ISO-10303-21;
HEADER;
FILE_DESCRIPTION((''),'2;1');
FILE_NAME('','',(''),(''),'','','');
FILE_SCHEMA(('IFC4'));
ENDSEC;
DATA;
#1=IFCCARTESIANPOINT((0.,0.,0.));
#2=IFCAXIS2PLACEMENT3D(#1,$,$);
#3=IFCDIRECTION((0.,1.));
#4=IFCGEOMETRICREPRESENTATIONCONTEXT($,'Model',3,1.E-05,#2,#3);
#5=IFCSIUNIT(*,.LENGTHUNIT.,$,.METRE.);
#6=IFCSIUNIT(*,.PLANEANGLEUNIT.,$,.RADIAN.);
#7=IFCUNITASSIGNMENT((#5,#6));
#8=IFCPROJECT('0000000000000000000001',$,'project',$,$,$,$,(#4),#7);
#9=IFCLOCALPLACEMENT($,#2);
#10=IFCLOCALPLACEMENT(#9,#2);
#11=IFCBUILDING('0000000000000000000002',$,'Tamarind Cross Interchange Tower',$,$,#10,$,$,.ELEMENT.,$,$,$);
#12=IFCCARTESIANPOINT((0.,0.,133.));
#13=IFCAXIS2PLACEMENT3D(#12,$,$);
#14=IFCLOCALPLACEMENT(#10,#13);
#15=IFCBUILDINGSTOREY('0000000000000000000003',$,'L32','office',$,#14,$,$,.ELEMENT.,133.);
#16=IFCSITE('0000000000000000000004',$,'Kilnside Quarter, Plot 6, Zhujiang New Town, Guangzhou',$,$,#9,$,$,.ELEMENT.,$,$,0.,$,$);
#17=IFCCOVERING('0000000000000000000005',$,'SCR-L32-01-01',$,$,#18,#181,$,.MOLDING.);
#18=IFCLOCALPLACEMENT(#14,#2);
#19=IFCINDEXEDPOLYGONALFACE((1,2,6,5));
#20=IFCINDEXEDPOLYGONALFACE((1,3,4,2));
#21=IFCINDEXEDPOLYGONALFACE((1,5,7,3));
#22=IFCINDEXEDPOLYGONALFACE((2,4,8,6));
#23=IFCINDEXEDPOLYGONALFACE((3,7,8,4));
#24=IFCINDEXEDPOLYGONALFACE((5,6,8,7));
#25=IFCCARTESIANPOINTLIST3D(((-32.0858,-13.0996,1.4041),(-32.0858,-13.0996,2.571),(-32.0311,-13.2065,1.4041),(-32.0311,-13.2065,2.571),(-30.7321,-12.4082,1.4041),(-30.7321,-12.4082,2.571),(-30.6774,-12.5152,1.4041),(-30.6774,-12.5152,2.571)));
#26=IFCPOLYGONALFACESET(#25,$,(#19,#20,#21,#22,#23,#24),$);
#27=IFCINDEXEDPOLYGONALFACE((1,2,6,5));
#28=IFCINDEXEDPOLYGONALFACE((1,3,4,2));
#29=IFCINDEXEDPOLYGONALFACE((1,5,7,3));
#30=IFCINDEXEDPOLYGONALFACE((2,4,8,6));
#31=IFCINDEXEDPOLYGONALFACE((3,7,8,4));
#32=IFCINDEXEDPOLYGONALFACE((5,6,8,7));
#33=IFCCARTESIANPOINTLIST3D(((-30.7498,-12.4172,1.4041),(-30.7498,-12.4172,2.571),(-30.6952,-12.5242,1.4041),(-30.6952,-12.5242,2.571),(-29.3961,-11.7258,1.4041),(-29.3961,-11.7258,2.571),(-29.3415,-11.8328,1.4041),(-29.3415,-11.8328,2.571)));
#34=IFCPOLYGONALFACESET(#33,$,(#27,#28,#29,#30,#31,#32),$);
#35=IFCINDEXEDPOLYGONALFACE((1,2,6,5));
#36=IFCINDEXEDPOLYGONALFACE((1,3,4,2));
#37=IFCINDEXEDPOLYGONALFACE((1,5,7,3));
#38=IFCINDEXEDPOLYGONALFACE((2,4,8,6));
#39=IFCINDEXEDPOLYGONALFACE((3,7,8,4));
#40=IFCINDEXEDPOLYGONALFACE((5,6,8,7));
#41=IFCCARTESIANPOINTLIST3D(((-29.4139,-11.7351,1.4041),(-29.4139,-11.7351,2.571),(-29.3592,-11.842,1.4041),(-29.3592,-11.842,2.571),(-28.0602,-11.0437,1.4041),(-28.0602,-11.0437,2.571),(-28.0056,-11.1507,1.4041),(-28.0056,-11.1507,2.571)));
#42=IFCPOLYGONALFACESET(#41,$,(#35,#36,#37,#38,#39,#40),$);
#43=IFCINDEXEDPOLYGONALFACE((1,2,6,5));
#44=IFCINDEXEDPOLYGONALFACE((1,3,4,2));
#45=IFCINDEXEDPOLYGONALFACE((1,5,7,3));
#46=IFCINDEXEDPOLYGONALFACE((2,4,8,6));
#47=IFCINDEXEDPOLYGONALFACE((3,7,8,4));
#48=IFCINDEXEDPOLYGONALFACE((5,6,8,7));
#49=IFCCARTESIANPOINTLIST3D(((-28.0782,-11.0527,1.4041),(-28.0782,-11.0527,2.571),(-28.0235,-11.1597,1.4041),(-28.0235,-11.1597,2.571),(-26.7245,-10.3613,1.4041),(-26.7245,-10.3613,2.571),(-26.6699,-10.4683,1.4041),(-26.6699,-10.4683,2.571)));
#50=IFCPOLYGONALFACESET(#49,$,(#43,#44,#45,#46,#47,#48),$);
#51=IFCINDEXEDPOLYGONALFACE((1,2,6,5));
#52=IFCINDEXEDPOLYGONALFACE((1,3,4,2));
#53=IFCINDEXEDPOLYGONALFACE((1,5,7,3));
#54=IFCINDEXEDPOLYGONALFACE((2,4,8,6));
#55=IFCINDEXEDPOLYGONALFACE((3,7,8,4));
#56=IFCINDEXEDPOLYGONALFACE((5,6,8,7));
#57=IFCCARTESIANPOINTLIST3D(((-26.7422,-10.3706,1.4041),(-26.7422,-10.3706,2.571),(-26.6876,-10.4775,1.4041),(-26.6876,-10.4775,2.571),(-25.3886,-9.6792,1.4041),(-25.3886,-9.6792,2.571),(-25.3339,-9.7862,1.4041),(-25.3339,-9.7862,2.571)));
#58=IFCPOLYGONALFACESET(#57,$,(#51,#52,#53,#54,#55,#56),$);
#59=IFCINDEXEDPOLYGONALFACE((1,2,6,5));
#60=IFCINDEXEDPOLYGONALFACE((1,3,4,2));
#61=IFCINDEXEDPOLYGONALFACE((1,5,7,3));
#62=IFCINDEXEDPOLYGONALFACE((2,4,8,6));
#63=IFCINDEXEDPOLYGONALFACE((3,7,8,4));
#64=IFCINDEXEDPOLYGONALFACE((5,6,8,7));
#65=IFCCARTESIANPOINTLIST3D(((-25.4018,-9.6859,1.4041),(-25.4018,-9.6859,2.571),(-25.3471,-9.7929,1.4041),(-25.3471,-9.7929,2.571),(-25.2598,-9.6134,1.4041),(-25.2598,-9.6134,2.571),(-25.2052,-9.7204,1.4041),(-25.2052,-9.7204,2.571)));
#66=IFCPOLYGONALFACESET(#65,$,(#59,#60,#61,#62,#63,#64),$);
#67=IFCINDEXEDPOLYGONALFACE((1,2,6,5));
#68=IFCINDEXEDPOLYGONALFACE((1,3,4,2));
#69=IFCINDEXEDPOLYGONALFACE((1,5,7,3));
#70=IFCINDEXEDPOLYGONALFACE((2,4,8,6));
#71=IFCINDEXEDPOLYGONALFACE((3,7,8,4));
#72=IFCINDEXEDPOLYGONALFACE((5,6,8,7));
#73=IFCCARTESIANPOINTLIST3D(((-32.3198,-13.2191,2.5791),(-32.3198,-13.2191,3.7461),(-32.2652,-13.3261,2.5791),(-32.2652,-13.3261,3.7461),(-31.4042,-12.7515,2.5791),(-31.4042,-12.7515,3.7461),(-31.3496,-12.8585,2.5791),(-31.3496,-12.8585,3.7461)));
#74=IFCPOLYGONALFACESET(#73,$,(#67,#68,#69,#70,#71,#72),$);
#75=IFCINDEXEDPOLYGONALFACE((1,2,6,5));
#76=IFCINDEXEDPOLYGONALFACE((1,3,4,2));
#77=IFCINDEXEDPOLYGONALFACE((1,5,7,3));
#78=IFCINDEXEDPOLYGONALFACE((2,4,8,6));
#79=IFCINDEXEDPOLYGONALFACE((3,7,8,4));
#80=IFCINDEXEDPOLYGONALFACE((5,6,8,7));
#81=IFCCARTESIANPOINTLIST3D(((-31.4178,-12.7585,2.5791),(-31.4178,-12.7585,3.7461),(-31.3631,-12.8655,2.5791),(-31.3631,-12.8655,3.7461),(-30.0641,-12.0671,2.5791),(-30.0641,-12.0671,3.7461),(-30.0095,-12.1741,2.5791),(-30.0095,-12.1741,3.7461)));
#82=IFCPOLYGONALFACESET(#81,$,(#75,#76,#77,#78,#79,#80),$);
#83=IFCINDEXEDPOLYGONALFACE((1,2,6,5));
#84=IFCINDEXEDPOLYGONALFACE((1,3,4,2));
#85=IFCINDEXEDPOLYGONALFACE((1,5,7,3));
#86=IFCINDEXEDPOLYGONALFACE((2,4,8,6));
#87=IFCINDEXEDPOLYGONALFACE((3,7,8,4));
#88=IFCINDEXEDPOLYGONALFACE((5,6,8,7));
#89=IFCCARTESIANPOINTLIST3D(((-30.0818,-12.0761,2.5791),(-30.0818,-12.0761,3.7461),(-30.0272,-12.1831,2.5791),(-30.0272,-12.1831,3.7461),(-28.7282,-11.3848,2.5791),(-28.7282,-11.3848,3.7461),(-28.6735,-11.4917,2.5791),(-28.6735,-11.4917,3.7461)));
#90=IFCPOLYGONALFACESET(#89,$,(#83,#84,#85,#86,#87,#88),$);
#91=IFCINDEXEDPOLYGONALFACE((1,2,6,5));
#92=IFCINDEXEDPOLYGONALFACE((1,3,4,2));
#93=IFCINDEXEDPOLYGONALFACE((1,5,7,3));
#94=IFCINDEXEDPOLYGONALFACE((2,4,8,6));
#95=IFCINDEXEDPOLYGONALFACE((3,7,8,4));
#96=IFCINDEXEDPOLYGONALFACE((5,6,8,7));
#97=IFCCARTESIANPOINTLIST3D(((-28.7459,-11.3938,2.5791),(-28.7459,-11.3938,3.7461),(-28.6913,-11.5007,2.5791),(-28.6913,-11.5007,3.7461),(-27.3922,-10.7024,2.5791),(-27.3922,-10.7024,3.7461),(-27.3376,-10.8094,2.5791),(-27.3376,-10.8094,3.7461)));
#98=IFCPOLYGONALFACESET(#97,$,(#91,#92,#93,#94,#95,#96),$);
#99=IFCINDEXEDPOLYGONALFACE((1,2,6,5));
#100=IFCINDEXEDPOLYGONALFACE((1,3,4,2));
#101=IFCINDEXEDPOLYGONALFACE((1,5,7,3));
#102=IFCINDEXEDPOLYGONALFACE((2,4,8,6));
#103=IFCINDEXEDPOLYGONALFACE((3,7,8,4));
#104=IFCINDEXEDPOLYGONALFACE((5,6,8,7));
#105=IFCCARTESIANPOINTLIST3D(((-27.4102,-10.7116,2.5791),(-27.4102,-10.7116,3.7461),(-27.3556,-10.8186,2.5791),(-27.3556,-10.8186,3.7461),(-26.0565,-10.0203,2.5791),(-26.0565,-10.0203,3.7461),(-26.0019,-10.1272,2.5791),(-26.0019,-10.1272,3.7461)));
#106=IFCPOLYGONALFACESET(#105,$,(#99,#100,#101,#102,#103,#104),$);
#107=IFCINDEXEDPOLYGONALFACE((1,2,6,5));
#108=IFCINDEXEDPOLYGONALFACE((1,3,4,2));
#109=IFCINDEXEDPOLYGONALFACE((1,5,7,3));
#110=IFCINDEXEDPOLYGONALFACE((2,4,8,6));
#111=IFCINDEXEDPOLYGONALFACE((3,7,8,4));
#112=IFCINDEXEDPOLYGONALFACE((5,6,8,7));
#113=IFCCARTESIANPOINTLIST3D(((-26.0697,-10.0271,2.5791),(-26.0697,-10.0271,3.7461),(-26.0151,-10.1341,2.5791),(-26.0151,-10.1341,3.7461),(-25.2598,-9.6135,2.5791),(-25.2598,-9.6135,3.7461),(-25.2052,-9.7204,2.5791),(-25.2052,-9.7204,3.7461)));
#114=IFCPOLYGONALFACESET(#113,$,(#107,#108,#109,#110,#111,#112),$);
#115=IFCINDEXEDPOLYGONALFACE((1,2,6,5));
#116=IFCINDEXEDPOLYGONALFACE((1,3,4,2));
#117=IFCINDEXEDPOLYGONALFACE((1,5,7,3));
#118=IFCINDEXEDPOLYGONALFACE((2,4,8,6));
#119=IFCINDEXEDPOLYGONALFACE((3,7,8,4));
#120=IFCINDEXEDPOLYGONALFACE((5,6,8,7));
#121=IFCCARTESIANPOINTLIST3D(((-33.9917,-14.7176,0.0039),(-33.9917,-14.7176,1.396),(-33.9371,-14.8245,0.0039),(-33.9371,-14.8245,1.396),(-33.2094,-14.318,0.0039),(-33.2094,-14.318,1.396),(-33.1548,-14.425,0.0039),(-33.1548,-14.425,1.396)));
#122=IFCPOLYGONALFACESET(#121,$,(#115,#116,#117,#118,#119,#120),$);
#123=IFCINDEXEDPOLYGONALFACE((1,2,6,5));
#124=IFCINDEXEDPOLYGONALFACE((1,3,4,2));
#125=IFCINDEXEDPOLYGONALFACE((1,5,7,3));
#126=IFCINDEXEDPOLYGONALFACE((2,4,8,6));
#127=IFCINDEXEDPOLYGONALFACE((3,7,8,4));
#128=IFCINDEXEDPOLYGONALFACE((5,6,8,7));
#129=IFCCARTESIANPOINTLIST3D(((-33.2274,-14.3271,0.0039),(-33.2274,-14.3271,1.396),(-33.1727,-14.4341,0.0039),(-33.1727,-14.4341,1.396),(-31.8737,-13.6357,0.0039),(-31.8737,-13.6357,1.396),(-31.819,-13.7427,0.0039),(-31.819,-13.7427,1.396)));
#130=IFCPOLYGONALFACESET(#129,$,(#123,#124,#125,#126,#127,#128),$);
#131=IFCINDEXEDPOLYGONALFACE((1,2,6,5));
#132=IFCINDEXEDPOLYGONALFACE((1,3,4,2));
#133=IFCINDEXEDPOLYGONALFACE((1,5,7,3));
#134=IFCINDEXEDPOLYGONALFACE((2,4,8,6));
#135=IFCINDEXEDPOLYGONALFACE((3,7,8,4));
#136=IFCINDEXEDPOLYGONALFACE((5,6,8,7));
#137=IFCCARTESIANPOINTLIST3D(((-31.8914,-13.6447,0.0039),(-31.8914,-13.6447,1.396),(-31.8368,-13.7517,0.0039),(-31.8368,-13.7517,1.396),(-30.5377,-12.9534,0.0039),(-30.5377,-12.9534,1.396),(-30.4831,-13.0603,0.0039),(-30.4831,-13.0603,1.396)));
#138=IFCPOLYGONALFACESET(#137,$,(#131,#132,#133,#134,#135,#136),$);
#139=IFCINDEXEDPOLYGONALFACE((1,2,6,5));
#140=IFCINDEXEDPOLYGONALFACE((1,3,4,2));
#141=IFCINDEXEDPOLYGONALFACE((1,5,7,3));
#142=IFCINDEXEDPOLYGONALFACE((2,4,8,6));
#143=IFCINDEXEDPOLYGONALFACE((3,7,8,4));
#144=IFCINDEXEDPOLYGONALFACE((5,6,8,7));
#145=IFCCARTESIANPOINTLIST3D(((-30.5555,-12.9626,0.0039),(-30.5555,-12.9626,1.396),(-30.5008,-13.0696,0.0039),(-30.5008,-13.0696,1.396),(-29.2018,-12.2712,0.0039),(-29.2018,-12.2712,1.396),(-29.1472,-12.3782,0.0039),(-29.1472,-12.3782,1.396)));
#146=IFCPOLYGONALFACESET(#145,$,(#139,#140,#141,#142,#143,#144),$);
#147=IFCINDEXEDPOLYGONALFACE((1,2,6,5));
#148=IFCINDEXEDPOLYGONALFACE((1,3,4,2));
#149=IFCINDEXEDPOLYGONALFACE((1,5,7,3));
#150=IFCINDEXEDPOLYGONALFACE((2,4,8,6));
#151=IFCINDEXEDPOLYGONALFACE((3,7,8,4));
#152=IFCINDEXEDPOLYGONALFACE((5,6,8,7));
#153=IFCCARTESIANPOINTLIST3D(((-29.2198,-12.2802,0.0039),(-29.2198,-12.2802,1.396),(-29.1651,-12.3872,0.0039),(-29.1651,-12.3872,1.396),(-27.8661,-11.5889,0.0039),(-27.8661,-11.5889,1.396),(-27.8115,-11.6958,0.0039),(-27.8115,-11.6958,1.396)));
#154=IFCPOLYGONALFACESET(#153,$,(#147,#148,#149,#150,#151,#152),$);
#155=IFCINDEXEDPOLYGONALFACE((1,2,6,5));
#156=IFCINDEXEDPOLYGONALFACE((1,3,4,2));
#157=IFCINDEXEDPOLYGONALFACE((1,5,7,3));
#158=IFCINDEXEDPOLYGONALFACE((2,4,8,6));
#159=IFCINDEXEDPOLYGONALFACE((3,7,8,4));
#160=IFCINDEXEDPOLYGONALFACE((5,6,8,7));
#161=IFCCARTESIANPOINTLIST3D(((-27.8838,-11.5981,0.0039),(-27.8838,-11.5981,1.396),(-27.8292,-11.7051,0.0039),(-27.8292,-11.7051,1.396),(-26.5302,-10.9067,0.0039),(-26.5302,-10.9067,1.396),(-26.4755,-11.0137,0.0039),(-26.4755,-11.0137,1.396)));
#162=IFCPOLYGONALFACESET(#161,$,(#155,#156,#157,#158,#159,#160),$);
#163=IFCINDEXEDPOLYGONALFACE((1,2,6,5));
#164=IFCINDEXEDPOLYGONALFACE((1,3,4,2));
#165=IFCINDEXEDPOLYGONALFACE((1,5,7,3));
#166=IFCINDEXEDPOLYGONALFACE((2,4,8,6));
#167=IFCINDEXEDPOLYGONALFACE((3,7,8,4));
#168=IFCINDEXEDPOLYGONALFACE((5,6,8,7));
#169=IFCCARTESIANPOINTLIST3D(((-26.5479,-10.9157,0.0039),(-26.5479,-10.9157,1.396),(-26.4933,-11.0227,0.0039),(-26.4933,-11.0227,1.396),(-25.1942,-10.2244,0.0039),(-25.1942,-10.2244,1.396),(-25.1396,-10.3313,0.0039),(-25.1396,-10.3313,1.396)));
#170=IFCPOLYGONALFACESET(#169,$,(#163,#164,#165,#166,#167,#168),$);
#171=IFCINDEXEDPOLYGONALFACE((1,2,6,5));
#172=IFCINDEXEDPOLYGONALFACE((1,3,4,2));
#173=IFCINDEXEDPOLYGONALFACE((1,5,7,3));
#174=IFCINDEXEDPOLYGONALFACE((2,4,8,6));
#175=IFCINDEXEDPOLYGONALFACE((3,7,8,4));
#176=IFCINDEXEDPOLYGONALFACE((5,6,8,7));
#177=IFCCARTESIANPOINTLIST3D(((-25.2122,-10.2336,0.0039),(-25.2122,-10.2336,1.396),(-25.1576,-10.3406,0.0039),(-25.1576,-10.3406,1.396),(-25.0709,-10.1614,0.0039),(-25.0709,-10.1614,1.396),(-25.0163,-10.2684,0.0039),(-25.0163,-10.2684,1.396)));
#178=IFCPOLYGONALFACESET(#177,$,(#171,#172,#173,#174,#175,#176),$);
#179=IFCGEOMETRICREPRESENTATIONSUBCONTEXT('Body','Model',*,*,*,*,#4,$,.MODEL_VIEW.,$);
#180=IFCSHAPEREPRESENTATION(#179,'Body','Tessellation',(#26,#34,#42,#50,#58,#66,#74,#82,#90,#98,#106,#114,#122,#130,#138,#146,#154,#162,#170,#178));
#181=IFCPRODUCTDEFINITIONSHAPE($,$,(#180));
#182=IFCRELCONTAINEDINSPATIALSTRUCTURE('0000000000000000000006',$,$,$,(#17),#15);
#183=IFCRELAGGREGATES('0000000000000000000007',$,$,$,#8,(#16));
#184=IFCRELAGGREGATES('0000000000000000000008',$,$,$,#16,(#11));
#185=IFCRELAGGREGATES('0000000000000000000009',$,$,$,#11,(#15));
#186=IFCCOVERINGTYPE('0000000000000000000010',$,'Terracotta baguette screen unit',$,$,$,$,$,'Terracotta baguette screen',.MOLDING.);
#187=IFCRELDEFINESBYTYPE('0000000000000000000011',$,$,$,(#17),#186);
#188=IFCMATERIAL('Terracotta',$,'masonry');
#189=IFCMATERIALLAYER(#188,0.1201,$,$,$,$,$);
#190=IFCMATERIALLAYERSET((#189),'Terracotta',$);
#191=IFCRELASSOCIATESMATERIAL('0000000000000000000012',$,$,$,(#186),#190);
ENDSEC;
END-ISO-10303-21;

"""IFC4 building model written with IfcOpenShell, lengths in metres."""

from ifc_helpers import new_model, si_unit, direction, frame, origin, origin_2d, place, context, subcontext, project, spatial, rectangle, extrude, material, layer, layer_set, type_object, element, save


model = new_model("IFC4")

# Units and contexts
model_context = context("Model", 3, precision=1e-05, world=origin(), true_north=direction((0.0, 1.0)))
body_context = subcontext(model_context, "Body", "Model", "MODEL_VIEW")
ifc_project = project(units=[si_unit("LENGTHUNIT", "METRE"), si_unit("PLANEANGLEUNIT", "RADIAN")], contexts=[model_context])

# Site, building, storey
site_placement = place(None, origin())
site = spatial("IfcSite", under=ifc_project, at=site_placement, Name="Kilnside Quarter, Plot 6, Zhujiang New Town, Guangzhou", CompositionType="ELEMENT", RefElevation=0.0)
building_placement = place(site_placement, origin())
building = spatial("IfcBuilding", under=site, at=building_placement, Name="Tamarind Cross Interchange Tower", CompositionType="ELEMENT")
storey_placement = place(building_placement, frame((0.0, 0.0, 133.0)))
storey = spatial("IfcBuildingStorey", under=building, at=storey_placement, Name="L32", Description="office", CompositionType="ELEMENT", Elevation=133.0)

# Covering
ifc_material_1 = material(Name="Terracotta", Category="masonry")
ifc_layer_1 = layer(ifc_material_1, 0.1201)
ifc_layer_set_1 = layer_set([ifc_layer_1], Name="Terracotta")
covering_type = type_object("IfcCoveringType", Name="Terracotta baguette screen unit", ElementType="Terracotta baguette screen", PredefinedType="MOLDING", material=ifc_layer_set_1)
covering_1_placement = place(storey_placement, origin())
element("IfcCovering", 1, at=covering_1_placement, inside=storey, type_object=covering_type, Name="SCR-L32-01-01", PredefinedType="MOLDING", context=body_context, shape_type="SweptSolid", body=[
    extrude(rectangle(XDim=1.52, YDim=0.1201, at=origin_2d()), frame((-31.3816, -12.8074, 1.4041), z_axis=(0.0, 0.0, 1.0), x_axis=(0.89057, 0.454847, 0.0)), (0.0, 0.0, 1.0), 1.167),
    extrude(rectangle(XDim=1.52, YDim=0.1201, at=origin_2d()), frame((-30.0457, -12.125, 1.4041), z_axis=(0.0, 0.0, 1.0), x_axis=(0.89057, 0.454847, 0.0)), (0.0, 0.0, 1.0), 1.167),
    extrude(rectangle(XDim=1.52, YDim=0.1201, at=origin_2d()), frame((-28.7097, -11.4429, 1.4041), z_axis=(0.0, 0.0, 1.0), x_axis=(0.89057, 0.454847, 0.0)), (0.0, 0.0, 1.0), 1.167),
    extrude(rectangle(XDim=1.52, YDim=0.1201, at=origin_2d()), frame((-27.374, -10.7605, 1.4041), z_axis=(0.0, 0.0, 1.0), x_axis=(0.89057, 0.454847, 0.0)), (0.0, 0.0, 1.0), 1.167),
    extrude(rectangle(XDim=1.52, YDim=0.1201, at=origin_2d()), frame((-26.0381, -10.0784, 1.4041), z_axis=(0.0, 0.0, 1.0), x_axis=(0.89057, 0.454847, 0.0)), (0.0, 0.0, 1.0), 1.167),
    extrude(rectangle(XDim=0.1594, YDim=0.1201, at=origin_2d()), frame((-25.3035, -9.7031, 1.4041), z_axis=(0.0, 0.0, 1.0), x_axis=(0.89057, 0.454847, 0.0)), (0.0, 0.0, 1.0), 1.167),
    extrude(rectangle(XDim=1.0281, YDim=0.1201, at=origin_2d()), frame((-31.8347, -13.0388, 2.5791), z_axis=(0.0, 0.0, 1.0), x_axis=(0.89057, 0.454847, 0.0)), (0.0, 0.0, 1.0), 1.167),
    extrude(rectangle(XDim=1.52, YDim=0.1201, at=origin_2d()), frame((-30.7136, -12.4663, 2.5791), z_axis=(0.0, 0.0, 1.0), x_axis=(0.89057, 0.454847, 0.0)), (0.0, 0.0, 1.0), 1.167),
    extrude(rectangle(XDim=1.52, YDim=0.1201, at=origin_2d()), frame((-29.3777, -11.7839, 2.5791), z_axis=(0.0, 0.0, 1.0), x_axis=(0.89057, 0.454847, 0.0)), (0.0, 0.0, 1.0), 1.167),
    extrude(rectangle(XDim=1.52, YDim=0.1201, at=origin_2d()), frame((-28.0417, -11.1016, 2.5791), z_axis=(0.0, 0.0, 1.0), x_axis=(0.89057, 0.454847, 0.0)), (0.0, 0.0, 1.0), 1.167),
    extrude(rectangle(XDim=1.52, YDim=0.1201, at=origin_2d()), frame((-26.7061, -10.4194, 2.5791), z_axis=(0.0, 0.0, 1.0), x_axis=(0.89057, 0.454847, 0.0)), (0.0, 0.0, 1.0), 1.167),
    extrude(rectangle(XDim=0.9094, YDim=0.1201, at=origin_2d()), frame((-25.6375, -9.8738, 2.5791), z_axis=(0.0, 0.0, 1.0), x_axis=(0.89057, 0.454847, 0.0)), (0.0, 0.0, 1.0), 1.167),
    extrude(rectangle(XDim=0.8784, YDim=0.1201, at=origin_2d()), frame((-33.5732, -14.5713, 0.0039), z_axis=(0.0, 0.0, 1.0), x_axis=(0.89057, 0.454847, 0.0)), (0.0, 0.0, 1.0), 1.3921),
    extrude(rectangle(XDim=1.52, YDim=0.1201, at=origin_2d()), frame((-32.5232, -14.0349, 0.0039), z_axis=(0.0, 0.0, 1.0), x_axis=(0.89057, 0.454847, 0.0)), (0.0, 0.0, 1.0), 1.3921),
    extrude(rectangle(XDim=1.52, YDim=0.1201, at=origin_2d()), frame((-31.1873, -13.3525, 0.0039), z_axis=(0.0, 0.0, 1.0), x_axis=(0.89057, 0.454847, 0.0)), (0.0, 0.0, 1.0), 1.3921),
    extrude(rectangle(XDim=1.52, YDim=0.1201, at=origin_2d()), frame((-29.8513, -12.6704, 0.0039), z_axis=(0.0, 0.0, 1.0), x_axis=(0.89057, 0.454847, 0.0)), (0.0, 0.0, 1.0), 1.3921),
    extrude(rectangle(XDim=1.52, YDim=0.1201, at=origin_2d()), frame((-28.5156, -11.988, 0.0039), z_axis=(0.0, 0.0, 1.0), x_axis=(0.89057, 0.454847, 0.0)), (0.0, 0.0, 1.0), 1.3921),
    extrude(rectangle(XDim=1.52, YDim=0.1201, at=origin_2d()), frame((-27.1797, -11.3059, 0.0039), z_axis=(0.0, 0.0, 1.0), x_axis=(0.89057, 0.454847, 0.0)), (0.0, 0.0, 1.0), 1.3921),
    extrude(rectangle(XDim=1.52, YDim=0.1201, at=origin_2d()), frame((-25.8438, -10.6235, 0.0039), z_axis=(0.0, 0.0, 1.0), x_axis=(0.89057, 0.454847, 0.0)), (0.0, 0.0, 1.0), 1.3921),
    extrude(rectangle(XDim=0.1587, YDim=0.1201, at=origin_2d()), frame((-25.1143, -10.251, 0.0039), z_axis=(0.0, 0.0, 1.0), x_axis=(0.89057, 0.454847, 0.0)), (0.0, 0.0, 1.0), 1.3921),
])

save(model, "model.ifc")
